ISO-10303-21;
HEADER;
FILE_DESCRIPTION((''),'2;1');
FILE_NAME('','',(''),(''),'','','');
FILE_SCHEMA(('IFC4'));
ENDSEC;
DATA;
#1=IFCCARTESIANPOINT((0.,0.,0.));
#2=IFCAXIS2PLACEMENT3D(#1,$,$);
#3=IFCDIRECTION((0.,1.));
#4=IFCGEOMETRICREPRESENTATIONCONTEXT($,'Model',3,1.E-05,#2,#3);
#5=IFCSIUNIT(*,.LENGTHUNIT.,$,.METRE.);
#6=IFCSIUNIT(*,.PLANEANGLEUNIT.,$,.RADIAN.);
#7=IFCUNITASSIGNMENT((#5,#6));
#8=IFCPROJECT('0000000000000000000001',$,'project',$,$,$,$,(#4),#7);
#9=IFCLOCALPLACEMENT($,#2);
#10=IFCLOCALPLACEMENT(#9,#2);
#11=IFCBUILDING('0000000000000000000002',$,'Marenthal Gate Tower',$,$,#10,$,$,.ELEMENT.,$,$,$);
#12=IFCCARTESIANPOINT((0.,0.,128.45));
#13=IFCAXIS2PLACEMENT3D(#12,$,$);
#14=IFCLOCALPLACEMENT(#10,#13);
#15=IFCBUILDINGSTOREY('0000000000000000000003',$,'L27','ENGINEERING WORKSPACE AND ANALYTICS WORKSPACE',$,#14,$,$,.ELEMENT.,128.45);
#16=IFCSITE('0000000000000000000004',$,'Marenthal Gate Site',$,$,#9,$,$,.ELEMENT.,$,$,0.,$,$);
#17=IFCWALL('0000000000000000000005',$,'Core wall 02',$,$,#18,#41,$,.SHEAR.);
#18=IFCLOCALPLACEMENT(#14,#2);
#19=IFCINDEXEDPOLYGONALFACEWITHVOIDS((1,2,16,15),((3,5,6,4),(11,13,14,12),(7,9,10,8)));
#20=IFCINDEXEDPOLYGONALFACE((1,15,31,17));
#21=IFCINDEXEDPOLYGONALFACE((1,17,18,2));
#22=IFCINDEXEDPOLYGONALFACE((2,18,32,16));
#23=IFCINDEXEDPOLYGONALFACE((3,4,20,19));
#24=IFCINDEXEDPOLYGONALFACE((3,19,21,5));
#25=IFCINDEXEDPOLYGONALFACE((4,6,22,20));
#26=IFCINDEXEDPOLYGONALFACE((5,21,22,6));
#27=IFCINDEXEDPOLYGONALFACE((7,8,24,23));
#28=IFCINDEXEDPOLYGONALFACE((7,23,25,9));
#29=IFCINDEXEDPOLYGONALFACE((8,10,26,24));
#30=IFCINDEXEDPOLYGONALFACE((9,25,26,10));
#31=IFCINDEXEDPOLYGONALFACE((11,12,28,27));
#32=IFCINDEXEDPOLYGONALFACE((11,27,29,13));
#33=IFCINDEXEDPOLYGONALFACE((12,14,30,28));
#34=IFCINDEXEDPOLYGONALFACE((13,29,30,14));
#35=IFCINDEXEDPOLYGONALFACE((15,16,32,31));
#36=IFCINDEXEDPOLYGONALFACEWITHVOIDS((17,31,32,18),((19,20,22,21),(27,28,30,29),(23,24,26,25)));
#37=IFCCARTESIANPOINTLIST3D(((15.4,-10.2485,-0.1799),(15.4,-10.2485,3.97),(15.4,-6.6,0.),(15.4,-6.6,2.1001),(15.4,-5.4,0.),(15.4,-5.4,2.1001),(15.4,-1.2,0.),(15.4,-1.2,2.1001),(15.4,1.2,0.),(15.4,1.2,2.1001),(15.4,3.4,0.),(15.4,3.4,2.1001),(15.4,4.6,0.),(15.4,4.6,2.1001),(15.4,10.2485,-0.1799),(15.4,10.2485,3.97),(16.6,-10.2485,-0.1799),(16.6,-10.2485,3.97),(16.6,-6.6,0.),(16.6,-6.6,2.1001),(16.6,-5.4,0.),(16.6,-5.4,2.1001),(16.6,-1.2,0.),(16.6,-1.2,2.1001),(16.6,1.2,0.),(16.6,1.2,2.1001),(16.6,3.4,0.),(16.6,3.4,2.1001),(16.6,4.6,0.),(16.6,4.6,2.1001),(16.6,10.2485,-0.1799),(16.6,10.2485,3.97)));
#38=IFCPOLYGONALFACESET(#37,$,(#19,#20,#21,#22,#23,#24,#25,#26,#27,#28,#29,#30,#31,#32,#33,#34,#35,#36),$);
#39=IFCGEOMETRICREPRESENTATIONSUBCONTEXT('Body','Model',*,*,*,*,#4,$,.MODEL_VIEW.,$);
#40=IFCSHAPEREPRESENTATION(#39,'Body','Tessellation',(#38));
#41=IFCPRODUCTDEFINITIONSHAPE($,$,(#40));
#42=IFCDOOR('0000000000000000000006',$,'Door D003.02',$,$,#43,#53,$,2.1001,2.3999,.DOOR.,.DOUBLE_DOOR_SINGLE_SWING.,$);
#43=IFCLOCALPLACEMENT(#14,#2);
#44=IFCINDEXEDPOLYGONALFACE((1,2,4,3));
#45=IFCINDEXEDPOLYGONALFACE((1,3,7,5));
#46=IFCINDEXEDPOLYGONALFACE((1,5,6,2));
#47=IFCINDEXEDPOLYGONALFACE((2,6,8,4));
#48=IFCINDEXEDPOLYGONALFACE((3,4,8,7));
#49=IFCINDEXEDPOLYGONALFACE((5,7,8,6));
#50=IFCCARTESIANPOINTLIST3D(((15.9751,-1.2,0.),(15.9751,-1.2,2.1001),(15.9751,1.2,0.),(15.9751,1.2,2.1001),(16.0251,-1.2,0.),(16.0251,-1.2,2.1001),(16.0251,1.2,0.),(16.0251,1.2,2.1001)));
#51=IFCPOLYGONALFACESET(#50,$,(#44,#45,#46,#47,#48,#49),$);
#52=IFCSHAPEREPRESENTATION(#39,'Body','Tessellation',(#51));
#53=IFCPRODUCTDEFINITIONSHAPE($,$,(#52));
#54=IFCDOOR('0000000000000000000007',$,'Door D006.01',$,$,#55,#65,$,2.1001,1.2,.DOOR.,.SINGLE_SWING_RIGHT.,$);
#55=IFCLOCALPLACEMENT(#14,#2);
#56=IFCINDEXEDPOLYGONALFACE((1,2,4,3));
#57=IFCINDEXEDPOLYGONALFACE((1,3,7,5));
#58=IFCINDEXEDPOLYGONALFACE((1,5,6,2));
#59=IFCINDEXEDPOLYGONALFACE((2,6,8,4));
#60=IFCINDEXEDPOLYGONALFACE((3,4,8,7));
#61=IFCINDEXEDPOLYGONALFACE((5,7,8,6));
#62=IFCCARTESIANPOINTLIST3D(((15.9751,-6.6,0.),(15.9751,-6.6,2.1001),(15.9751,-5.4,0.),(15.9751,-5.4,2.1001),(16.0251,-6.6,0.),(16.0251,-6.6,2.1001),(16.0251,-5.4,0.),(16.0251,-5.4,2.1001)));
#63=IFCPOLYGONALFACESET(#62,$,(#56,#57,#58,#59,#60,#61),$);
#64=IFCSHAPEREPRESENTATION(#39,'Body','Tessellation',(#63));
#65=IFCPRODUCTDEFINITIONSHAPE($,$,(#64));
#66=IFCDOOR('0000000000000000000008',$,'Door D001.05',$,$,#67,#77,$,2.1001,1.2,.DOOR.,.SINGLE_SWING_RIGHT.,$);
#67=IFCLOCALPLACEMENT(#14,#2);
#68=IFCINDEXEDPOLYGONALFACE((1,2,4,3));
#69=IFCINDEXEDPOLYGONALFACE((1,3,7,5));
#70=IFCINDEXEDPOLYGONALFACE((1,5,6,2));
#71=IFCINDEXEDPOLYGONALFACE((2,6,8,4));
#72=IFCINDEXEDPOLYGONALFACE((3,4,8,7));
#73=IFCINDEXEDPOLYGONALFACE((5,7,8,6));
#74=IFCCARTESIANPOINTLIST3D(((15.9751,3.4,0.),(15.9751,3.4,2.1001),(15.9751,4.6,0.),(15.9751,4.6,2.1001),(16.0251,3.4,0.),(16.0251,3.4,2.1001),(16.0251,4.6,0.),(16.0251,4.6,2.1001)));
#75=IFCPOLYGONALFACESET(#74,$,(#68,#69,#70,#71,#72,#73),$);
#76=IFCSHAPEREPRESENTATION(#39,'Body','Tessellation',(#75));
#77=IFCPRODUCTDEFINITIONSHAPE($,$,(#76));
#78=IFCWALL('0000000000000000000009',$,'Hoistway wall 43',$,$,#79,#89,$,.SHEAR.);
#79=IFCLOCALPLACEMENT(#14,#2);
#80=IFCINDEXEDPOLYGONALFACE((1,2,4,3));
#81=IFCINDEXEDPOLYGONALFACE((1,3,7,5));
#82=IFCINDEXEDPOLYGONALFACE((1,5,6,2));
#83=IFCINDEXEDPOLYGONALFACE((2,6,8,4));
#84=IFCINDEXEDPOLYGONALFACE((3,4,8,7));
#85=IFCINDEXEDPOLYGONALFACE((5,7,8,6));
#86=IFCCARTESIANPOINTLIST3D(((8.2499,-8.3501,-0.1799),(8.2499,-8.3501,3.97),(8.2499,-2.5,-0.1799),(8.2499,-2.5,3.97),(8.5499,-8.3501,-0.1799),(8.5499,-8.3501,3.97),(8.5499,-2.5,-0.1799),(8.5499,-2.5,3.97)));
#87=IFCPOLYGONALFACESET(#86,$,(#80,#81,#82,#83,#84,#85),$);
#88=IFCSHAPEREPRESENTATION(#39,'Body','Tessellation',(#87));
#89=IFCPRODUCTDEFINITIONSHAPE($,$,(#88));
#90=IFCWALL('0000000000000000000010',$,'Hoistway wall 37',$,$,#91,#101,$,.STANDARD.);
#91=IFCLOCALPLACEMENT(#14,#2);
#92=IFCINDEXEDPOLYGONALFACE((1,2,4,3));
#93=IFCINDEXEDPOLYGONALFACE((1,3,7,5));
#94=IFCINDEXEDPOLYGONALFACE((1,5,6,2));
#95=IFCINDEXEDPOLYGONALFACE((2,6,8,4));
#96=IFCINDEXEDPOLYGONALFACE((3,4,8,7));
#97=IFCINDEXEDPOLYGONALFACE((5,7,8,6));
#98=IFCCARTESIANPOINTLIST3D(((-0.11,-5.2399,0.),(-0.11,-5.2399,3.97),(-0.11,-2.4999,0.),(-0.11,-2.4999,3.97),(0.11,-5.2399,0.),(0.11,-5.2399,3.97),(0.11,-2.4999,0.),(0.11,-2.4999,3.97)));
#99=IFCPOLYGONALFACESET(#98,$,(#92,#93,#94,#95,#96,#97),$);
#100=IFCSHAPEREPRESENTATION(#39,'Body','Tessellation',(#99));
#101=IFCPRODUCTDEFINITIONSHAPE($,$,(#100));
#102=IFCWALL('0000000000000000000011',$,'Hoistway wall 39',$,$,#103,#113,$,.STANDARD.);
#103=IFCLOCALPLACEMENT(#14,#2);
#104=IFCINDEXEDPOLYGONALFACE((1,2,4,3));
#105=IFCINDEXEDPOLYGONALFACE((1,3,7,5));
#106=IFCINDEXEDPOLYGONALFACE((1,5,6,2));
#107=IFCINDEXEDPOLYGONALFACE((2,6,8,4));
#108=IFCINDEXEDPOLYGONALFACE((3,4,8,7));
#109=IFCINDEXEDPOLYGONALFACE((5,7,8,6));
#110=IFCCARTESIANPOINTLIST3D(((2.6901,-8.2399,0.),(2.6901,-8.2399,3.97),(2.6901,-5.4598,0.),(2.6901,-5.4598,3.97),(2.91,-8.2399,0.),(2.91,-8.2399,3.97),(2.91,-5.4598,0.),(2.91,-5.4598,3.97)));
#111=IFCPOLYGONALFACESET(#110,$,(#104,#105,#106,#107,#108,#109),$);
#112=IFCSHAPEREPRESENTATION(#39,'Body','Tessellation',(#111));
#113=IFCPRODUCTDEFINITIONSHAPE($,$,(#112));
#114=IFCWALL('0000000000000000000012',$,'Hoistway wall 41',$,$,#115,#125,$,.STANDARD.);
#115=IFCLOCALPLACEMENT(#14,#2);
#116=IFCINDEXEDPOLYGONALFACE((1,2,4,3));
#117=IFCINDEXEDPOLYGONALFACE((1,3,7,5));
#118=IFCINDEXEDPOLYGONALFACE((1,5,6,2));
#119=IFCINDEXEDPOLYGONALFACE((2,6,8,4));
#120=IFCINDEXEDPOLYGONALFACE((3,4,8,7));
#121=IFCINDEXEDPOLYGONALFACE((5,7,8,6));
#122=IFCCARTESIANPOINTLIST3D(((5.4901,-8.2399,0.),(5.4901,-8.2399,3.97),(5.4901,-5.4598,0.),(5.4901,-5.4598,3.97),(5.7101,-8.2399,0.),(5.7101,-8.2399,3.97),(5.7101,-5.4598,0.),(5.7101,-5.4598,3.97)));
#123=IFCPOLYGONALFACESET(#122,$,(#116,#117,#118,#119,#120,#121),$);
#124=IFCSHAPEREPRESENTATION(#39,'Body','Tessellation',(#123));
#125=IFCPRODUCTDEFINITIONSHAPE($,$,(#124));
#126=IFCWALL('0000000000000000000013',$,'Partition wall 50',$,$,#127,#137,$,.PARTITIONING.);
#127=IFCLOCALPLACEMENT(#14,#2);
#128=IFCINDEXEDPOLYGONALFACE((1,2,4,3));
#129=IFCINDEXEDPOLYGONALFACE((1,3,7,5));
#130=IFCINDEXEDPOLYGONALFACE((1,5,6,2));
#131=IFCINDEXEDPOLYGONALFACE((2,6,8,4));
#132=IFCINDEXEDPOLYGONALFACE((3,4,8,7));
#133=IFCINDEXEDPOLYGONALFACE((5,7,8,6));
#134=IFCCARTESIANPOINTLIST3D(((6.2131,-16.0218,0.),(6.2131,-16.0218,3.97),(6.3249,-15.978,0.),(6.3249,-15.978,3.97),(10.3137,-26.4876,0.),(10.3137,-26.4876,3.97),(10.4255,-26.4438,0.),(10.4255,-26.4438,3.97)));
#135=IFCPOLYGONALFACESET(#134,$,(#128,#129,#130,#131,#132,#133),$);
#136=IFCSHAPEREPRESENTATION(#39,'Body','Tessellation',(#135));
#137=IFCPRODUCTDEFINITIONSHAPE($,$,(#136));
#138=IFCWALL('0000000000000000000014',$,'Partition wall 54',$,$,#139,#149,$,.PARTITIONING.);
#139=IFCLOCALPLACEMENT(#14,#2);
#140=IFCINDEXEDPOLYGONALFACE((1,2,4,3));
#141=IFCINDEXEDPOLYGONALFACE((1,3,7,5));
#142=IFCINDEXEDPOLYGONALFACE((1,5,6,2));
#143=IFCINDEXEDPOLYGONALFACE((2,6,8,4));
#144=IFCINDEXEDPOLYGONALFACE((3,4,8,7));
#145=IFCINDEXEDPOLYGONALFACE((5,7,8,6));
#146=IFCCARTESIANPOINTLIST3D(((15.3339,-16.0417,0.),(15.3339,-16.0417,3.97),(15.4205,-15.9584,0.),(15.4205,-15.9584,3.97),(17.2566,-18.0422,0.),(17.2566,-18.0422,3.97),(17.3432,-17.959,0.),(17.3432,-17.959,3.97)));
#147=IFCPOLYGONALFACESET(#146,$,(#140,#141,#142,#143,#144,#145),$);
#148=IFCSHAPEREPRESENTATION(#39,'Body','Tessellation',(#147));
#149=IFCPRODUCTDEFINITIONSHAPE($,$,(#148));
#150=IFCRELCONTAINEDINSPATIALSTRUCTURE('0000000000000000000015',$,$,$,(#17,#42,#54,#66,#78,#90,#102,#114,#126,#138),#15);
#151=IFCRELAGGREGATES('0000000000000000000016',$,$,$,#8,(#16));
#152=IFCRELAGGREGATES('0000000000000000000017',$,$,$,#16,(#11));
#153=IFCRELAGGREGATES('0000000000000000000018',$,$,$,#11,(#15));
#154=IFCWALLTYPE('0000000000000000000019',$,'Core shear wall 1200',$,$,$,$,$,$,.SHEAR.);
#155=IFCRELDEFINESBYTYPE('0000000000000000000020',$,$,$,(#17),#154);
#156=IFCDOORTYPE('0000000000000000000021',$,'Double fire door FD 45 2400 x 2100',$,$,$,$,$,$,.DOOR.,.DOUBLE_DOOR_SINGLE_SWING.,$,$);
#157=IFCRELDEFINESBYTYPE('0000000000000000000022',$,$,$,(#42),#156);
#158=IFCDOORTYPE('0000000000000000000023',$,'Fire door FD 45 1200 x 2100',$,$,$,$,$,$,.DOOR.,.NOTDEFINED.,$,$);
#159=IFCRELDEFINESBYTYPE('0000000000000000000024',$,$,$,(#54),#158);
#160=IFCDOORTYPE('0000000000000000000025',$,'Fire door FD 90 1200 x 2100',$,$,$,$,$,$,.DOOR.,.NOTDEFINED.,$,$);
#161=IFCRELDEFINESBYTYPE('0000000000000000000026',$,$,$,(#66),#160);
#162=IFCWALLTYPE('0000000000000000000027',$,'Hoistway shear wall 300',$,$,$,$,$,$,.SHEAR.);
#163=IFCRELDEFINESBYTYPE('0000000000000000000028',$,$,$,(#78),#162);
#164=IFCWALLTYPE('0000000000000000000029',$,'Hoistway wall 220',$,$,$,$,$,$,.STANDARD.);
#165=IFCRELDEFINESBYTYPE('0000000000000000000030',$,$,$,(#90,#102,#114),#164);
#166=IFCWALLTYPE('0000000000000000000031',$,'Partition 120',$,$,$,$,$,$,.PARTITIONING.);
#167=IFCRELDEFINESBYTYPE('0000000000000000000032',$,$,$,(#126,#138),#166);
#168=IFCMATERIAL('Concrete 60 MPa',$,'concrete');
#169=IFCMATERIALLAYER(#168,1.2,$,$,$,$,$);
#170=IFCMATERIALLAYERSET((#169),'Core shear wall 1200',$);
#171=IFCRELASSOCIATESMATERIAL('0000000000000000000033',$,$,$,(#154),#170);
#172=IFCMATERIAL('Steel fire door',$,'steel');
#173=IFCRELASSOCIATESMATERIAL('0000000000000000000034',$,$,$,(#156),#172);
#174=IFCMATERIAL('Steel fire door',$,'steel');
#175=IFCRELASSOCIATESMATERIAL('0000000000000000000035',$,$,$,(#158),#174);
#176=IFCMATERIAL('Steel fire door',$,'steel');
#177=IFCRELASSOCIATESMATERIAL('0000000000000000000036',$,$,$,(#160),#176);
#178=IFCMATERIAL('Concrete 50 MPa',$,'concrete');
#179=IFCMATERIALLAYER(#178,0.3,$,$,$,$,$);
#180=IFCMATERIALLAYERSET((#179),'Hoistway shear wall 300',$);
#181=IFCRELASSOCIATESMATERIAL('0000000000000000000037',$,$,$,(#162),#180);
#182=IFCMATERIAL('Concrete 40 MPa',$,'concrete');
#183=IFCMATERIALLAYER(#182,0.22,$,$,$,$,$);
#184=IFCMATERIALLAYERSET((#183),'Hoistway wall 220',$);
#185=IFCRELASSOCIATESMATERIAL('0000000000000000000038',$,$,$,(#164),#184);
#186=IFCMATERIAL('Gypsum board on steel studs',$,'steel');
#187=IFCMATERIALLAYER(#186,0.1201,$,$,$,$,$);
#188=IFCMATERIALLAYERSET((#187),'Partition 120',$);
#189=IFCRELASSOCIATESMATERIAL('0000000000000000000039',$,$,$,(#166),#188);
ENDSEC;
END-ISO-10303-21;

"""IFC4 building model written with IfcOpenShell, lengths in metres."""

from ifc_helpers import new_model, si_unit, direction, frame, frame_2d, origin, place, context, subcontext, project, spatial, rectangle, extrude, material, layer, layer_set, type_object, element, fill, save


model = new_model("IFC4")

# Units and contexts
model_context = context("Model", 3, precision=1e-05, world=origin(), true_north=direction((0.0, 1.0)))
body_context = subcontext(model_context, "Body", "Model", "MODEL_VIEW")
ifc_project = project(units=[si_unit("LENGTHUNIT", "METRE"), si_unit("PLANEANGLEUNIT", "RADIAN")], contexts=[model_context])

# Site, building, storey
site_placement = place(None, origin())
site = spatial("IfcSite", under=ifc_project, at=site_placement, Name="Marenthal Gate Site", CompositionType="ELEMENT", RefElevation=0.0)
building_placement = place(site_placement, origin())
building = spatial("IfcBuilding", under=site, at=building_placement, Name="Marenthal Gate Tower", CompositionType="ELEMENT")
storey_placement = place(building_placement, frame((0.0, 0.0, 128.45)))
storey = spatial("IfcBuildingStorey", under=building, at=storey_placement, Name="L27", Description="ENGINEERING WORKSPACE AND ANALYTICS WORKSPACE", CompositionType="ELEMENT", Elevation=128.45)

# Shared definitions
ifc_material_1 = material(Name="Concrete 60 MPa", Category="concrete")
ifc_layer_1 = layer(ifc_material_1, 1.2)
ifc_layer_set_1 = layer_set([ifc_layer_1], Name="Core shear wall 1200")
wall_type_1 = type_object("IfcWallType", Name="Core shear wall 1200", PredefinedType="SHEAR", material=ifc_layer_set_1)

# Wall, openings, doors
wall_1_placement = place(storey_placement, frame((16.0, -10.2485, -0.1799), z_axis=(0.0, 0.0, 1.0), x_axis=(0.0, 1.0, 0.0)))
wall_1 = element("IfcWall", 1, at=wall_1_placement, inside=storey, type_object=wall_type_1, Name="Core wall 02", PredefinedType="SHEAR", context=body_context, shape_type="SweptSolid", body=[
    extrude(rectangle(XDim=20.4971, YDim=1.2, at=frame_2d((10.2485, 0.0))), origin(), (0.0, 0.0, 1.0), 4.1499),
])
opening_1_placement = place(wall_1_placement, frame((9.0486, 0.0, 0.1799)))
opening_1 = element("IfcOpeningElement", 2, at=opening_1_placement, cuts=wall_1, PredefinedType="OPENING", context=body_context, shape_type="SweptSolid", body=[
    extrude(rectangle(XDim=2.3999, YDim=2.1001, at=frame_2d((1.2, 1.05))), frame((0.0, 0.6099, 0.0), z_axis=(0.0, -1.0, 0.0), x_axis=(1.0, 0.0, 0.0)), (0.0, 0.0, 1.0), 1.22),
])
opening_2_placement = place(wall_1_placement, frame((13.6484, 0.0, 0.1799)))
opening_2 = element("IfcOpeningElement", 3, at=opening_2_placement, cuts=wall_1, PredefinedType="OPENING", context=body_context, shape_type="SweptSolid", body=[
    extrude(rectangle(XDim=1.2, YDim=2.1001, at=frame_2d((0.6001, 1.05))), frame((0.0, 0.6099, 0.0), z_axis=(0.0, -1.0, 0.0), x_axis=(1.0, 0.0, 0.0)), (0.0, 0.0, 1.0), 1.22),
])
opening_3_placement = place(wall_1_placement, frame((3.6484, 0.0, 0.1799)))
opening_3 = element("IfcOpeningElement", 4, at=opening_3_placement, cuts=wall_1, PredefinedType="OPENING", context=body_context, shape_type="SweptSolid", body=[
    extrude(rectangle(XDim=1.2, YDim=2.1001, at=frame_2d((0.6001, 1.05))), frame((0.0, 0.6099, 0.0), z_axis=(0.0, -1.0, 0.0), x_axis=(1.0, 0.0, 0.0)), (0.0, 0.0, 1.0), 1.22),
])
ifc_material_2 = material(Name="Steel fire door", Category="steel")
door_type_1 = type_object("IfcDoorType", Name="Double fire door FD 45 2400 x 2100", OperationType="DOUBLE_DOOR_SINGLE_SWING", PredefinedType="DOOR", material=ifc_material_2)
door_1_placement = place(opening_1_placement, origin())
door_1 = element("IfcDoor", 5, at=door_1_placement, inside=storey, type_object=door_type_1, Name="Door D003.02", OperationType="DOUBLE_DOOR_SINGLE_SWING", OverallHeight=2.1001, OverallWidth=2.3999, PredefinedType="DOOR", context=body_context, shape_type="SweptSolid", body=[
    extrude(rectangle(XDim=2.3999, YDim=2.1001, at=frame_2d((1.2, 1.05))), frame((0.0, 0.0249, 0.0), z_axis=(0.0, -1.0, 0.0), x_axis=(1.0, 0.0, 0.0)), (0.0, 0.0, 1.0), 0.05),
])
fill(opening_1, door_1)
ifc_material_3 = material(Name="Steel fire door", Category="steel")
door_type_2 = type_object("IfcDoorType", Name="Fire door FD 45 1200 x 2100", OperationType="NOTDEFINED", PredefinedType="DOOR", material=ifc_material_3)
door_2_placement = place(opening_3_placement, origin())
door_2 = element("IfcDoor", 6, at=door_2_placement, inside=storey, type_object=door_type_2, Name="Door D006.01", OperationType="SINGLE_SWING_RIGHT", OverallHeight=2.1001, OverallWidth=1.2, PredefinedType="DOOR", context=body_context, shape_type="SweptSolid", body=[
    extrude(rectangle(XDim=1.2, YDim=2.1001, at=frame_2d((0.6001, 1.05))), frame((0.0, 0.0249, 0.0), z_axis=(0.0, -1.0, 0.0), x_axis=(1.0, 0.0, 0.0)), (0.0, 0.0, 1.0), 0.05),
])
fill(opening_3, door_2)
ifc_material_4 = material(Name="Steel fire door", Category="steel")
door_type_3 = type_object("IfcDoorType", Name="Fire door FD 90 1200 x 2100", OperationType="NOTDEFINED", PredefinedType="DOOR", material=ifc_material_4)
door_3_placement = place(opening_2_placement, origin())
door_3 = element("IfcDoor", 7, at=door_3_placement, inside=storey, type_object=door_type_3, Name="Door D001.05", OperationType="SINGLE_SWING_RIGHT", OverallHeight=2.1001, OverallWidth=1.2, PredefinedType="DOOR", context=body_context, shape_type="SweptSolid", body=[
    extrude(rectangle(XDim=1.2, YDim=2.1001, at=frame_2d((0.6001, 1.05))), frame((0.0, 0.0249, 0.0), z_axis=(0.0, -1.0, 0.0), x_axis=(1.0, 0.0, 0.0)), (0.0, 0.0, 1.0), 0.05),
])
fill(opening_2, door_3)

# Walls
ifc_material_5 = material(Name="Concrete 50 MPa", Category="concrete")
ifc_layer_2 = layer(ifc_material_5, 0.3)
ifc_layer_set_2 = layer_set([ifc_layer_2], Name="Hoistway shear wall 300")
wall_type_2 = type_object("IfcWallType", Name="Hoistway shear wall 300", PredefinedType="SHEAR", material=ifc_layer_set_2)
wall_2_placement = place(storey_placement, frame((8.3999, -8.3501, -0.1799), z_axis=(0.0, 0.0, 1.0), x_axis=(0.0, 1.0, 0.0)))
element("IfcWall", 8, at=wall_2_placement, inside=storey, type_object=wall_type_2, Name="Hoistway wall 43", PredefinedType="SHEAR", context=body_context, shape_type="SweptSolid", body=[
    extrude(rectangle(XDim=5.8501, YDim=0.3, at=frame_2d((2.925, 0.0))), origin(), (0.0, 0.0, 1.0), 4.1499),
])
ifc_material_6 = material(Name="Concrete 40 MPa", Category="concrete")
ifc_layer_3 = layer(ifc_material_6, 0.22)
ifc_layer_set_3 = layer_set([ifc_layer_3], Name="Hoistway wall 220")
wall_type_3 = type_object("IfcWallType", Name="Hoistway wall 220", PredefinedType="STANDARD", material=ifc_layer_set_3)
wall_3_placement = place(storey_placement, frame((0.0, -5.24, 0.0), z_axis=(0.0, 0.0, 1.0), x_axis=(0.0, 1.0, 0.0)))
element("IfcWall", 9, at=wall_3_placement, inside=storey, type_object=wall_type_3, Name="Hoistway wall 37", PredefinedType="STANDARD", context=body_context, shape_type="SweptSolid", body=[
    extrude(rectangle(XDim=2.74, YDim=0.22, at=frame_2d((1.3701, 0.0))), origin(), (0.0, 0.0, 1.0), 3.97),
])
for number, where, z_axis, x_axis, name in (
    (10, (2.8, -8.24, 0.0), (0.0, 0.0, 1.0), (0.0, 1.0, 0.0), "Hoistway wall 39"),
    (11, (5.6001, -8.24, 0.0), (0.0, 0.0, 1.0), (0.0, 1.0, 0.0), "Hoistway wall 41"),
):
    element("IfcWall", number, at=place(storey_placement, frame(where, z_axis=z_axis, x_axis=x_axis)), inside=storey, type_object=wall_type_3, Name=name, PredefinedType="STANDARD", context=body_context, shape_type="SweptSolid", body=[
        extrude(rectangle(XDim=2.78, YDim=0.22, at=frame_2d((1.3901, 0.0))), origin(), (0.0, 0.0, 1.0), 3.97),
    ])
ifc_material_7 = material(Name="Gypsum board on steel studs", Category="steel")
ifc_layer_4 = layer(ifc_material_7, 0.1201)
ifc_layer_set_4 = layer_set([ifc_layer_4], Name="Partition 120")
wall_type_4 = type_object("IfcWallType", Name="Partition 120", PredefinedType="PARTITIONING", material=ifc_layer_set_4)
wall_4_placement = place(storey_placement, frame((6.269, -16.0, 0.0), z_axis=(0.0, 0.0, 1.0), x_axis=(0.364806, -0.931084, 0.0)))
element("IfcWall", 12, at=wall_4_placement, inside=storey, type_object=wall_type_4, Name="Partition wall 50", PredefinedType="PARTITIONING", context=body_context, shape_type="SweptSolid", body=[
    extrude(rectangle(XDim=11.2405, YDim=0.1201, at=frame_2d((5.6201, 0.0))), origin(), (0.0, 0.0, 1.0), 3.97),
])
wall_5_placement = place(storey_placement, frame((17.2998, -18.0005, 0.0), z_axis=(0.0, 0.0, 1.0), x_axis=(-0.692933, 0.721002, 0.0)))
element("IfcWall", 13, at=wall_5_placement, inside=storey, type_object=wall_type_4, Name="Partition wall 54", PredefinedType="PARTITIONING", context=body_context, shape_type="SweptSolid", body=[
    extrude(rectangle(XDim=2.7747, YDim=0.1201, at=frame_2d((1.3872, 0.0))), origin(), (0.0, 0.0, 1.0), 3.97),
])

save(model, "model.ifc")
